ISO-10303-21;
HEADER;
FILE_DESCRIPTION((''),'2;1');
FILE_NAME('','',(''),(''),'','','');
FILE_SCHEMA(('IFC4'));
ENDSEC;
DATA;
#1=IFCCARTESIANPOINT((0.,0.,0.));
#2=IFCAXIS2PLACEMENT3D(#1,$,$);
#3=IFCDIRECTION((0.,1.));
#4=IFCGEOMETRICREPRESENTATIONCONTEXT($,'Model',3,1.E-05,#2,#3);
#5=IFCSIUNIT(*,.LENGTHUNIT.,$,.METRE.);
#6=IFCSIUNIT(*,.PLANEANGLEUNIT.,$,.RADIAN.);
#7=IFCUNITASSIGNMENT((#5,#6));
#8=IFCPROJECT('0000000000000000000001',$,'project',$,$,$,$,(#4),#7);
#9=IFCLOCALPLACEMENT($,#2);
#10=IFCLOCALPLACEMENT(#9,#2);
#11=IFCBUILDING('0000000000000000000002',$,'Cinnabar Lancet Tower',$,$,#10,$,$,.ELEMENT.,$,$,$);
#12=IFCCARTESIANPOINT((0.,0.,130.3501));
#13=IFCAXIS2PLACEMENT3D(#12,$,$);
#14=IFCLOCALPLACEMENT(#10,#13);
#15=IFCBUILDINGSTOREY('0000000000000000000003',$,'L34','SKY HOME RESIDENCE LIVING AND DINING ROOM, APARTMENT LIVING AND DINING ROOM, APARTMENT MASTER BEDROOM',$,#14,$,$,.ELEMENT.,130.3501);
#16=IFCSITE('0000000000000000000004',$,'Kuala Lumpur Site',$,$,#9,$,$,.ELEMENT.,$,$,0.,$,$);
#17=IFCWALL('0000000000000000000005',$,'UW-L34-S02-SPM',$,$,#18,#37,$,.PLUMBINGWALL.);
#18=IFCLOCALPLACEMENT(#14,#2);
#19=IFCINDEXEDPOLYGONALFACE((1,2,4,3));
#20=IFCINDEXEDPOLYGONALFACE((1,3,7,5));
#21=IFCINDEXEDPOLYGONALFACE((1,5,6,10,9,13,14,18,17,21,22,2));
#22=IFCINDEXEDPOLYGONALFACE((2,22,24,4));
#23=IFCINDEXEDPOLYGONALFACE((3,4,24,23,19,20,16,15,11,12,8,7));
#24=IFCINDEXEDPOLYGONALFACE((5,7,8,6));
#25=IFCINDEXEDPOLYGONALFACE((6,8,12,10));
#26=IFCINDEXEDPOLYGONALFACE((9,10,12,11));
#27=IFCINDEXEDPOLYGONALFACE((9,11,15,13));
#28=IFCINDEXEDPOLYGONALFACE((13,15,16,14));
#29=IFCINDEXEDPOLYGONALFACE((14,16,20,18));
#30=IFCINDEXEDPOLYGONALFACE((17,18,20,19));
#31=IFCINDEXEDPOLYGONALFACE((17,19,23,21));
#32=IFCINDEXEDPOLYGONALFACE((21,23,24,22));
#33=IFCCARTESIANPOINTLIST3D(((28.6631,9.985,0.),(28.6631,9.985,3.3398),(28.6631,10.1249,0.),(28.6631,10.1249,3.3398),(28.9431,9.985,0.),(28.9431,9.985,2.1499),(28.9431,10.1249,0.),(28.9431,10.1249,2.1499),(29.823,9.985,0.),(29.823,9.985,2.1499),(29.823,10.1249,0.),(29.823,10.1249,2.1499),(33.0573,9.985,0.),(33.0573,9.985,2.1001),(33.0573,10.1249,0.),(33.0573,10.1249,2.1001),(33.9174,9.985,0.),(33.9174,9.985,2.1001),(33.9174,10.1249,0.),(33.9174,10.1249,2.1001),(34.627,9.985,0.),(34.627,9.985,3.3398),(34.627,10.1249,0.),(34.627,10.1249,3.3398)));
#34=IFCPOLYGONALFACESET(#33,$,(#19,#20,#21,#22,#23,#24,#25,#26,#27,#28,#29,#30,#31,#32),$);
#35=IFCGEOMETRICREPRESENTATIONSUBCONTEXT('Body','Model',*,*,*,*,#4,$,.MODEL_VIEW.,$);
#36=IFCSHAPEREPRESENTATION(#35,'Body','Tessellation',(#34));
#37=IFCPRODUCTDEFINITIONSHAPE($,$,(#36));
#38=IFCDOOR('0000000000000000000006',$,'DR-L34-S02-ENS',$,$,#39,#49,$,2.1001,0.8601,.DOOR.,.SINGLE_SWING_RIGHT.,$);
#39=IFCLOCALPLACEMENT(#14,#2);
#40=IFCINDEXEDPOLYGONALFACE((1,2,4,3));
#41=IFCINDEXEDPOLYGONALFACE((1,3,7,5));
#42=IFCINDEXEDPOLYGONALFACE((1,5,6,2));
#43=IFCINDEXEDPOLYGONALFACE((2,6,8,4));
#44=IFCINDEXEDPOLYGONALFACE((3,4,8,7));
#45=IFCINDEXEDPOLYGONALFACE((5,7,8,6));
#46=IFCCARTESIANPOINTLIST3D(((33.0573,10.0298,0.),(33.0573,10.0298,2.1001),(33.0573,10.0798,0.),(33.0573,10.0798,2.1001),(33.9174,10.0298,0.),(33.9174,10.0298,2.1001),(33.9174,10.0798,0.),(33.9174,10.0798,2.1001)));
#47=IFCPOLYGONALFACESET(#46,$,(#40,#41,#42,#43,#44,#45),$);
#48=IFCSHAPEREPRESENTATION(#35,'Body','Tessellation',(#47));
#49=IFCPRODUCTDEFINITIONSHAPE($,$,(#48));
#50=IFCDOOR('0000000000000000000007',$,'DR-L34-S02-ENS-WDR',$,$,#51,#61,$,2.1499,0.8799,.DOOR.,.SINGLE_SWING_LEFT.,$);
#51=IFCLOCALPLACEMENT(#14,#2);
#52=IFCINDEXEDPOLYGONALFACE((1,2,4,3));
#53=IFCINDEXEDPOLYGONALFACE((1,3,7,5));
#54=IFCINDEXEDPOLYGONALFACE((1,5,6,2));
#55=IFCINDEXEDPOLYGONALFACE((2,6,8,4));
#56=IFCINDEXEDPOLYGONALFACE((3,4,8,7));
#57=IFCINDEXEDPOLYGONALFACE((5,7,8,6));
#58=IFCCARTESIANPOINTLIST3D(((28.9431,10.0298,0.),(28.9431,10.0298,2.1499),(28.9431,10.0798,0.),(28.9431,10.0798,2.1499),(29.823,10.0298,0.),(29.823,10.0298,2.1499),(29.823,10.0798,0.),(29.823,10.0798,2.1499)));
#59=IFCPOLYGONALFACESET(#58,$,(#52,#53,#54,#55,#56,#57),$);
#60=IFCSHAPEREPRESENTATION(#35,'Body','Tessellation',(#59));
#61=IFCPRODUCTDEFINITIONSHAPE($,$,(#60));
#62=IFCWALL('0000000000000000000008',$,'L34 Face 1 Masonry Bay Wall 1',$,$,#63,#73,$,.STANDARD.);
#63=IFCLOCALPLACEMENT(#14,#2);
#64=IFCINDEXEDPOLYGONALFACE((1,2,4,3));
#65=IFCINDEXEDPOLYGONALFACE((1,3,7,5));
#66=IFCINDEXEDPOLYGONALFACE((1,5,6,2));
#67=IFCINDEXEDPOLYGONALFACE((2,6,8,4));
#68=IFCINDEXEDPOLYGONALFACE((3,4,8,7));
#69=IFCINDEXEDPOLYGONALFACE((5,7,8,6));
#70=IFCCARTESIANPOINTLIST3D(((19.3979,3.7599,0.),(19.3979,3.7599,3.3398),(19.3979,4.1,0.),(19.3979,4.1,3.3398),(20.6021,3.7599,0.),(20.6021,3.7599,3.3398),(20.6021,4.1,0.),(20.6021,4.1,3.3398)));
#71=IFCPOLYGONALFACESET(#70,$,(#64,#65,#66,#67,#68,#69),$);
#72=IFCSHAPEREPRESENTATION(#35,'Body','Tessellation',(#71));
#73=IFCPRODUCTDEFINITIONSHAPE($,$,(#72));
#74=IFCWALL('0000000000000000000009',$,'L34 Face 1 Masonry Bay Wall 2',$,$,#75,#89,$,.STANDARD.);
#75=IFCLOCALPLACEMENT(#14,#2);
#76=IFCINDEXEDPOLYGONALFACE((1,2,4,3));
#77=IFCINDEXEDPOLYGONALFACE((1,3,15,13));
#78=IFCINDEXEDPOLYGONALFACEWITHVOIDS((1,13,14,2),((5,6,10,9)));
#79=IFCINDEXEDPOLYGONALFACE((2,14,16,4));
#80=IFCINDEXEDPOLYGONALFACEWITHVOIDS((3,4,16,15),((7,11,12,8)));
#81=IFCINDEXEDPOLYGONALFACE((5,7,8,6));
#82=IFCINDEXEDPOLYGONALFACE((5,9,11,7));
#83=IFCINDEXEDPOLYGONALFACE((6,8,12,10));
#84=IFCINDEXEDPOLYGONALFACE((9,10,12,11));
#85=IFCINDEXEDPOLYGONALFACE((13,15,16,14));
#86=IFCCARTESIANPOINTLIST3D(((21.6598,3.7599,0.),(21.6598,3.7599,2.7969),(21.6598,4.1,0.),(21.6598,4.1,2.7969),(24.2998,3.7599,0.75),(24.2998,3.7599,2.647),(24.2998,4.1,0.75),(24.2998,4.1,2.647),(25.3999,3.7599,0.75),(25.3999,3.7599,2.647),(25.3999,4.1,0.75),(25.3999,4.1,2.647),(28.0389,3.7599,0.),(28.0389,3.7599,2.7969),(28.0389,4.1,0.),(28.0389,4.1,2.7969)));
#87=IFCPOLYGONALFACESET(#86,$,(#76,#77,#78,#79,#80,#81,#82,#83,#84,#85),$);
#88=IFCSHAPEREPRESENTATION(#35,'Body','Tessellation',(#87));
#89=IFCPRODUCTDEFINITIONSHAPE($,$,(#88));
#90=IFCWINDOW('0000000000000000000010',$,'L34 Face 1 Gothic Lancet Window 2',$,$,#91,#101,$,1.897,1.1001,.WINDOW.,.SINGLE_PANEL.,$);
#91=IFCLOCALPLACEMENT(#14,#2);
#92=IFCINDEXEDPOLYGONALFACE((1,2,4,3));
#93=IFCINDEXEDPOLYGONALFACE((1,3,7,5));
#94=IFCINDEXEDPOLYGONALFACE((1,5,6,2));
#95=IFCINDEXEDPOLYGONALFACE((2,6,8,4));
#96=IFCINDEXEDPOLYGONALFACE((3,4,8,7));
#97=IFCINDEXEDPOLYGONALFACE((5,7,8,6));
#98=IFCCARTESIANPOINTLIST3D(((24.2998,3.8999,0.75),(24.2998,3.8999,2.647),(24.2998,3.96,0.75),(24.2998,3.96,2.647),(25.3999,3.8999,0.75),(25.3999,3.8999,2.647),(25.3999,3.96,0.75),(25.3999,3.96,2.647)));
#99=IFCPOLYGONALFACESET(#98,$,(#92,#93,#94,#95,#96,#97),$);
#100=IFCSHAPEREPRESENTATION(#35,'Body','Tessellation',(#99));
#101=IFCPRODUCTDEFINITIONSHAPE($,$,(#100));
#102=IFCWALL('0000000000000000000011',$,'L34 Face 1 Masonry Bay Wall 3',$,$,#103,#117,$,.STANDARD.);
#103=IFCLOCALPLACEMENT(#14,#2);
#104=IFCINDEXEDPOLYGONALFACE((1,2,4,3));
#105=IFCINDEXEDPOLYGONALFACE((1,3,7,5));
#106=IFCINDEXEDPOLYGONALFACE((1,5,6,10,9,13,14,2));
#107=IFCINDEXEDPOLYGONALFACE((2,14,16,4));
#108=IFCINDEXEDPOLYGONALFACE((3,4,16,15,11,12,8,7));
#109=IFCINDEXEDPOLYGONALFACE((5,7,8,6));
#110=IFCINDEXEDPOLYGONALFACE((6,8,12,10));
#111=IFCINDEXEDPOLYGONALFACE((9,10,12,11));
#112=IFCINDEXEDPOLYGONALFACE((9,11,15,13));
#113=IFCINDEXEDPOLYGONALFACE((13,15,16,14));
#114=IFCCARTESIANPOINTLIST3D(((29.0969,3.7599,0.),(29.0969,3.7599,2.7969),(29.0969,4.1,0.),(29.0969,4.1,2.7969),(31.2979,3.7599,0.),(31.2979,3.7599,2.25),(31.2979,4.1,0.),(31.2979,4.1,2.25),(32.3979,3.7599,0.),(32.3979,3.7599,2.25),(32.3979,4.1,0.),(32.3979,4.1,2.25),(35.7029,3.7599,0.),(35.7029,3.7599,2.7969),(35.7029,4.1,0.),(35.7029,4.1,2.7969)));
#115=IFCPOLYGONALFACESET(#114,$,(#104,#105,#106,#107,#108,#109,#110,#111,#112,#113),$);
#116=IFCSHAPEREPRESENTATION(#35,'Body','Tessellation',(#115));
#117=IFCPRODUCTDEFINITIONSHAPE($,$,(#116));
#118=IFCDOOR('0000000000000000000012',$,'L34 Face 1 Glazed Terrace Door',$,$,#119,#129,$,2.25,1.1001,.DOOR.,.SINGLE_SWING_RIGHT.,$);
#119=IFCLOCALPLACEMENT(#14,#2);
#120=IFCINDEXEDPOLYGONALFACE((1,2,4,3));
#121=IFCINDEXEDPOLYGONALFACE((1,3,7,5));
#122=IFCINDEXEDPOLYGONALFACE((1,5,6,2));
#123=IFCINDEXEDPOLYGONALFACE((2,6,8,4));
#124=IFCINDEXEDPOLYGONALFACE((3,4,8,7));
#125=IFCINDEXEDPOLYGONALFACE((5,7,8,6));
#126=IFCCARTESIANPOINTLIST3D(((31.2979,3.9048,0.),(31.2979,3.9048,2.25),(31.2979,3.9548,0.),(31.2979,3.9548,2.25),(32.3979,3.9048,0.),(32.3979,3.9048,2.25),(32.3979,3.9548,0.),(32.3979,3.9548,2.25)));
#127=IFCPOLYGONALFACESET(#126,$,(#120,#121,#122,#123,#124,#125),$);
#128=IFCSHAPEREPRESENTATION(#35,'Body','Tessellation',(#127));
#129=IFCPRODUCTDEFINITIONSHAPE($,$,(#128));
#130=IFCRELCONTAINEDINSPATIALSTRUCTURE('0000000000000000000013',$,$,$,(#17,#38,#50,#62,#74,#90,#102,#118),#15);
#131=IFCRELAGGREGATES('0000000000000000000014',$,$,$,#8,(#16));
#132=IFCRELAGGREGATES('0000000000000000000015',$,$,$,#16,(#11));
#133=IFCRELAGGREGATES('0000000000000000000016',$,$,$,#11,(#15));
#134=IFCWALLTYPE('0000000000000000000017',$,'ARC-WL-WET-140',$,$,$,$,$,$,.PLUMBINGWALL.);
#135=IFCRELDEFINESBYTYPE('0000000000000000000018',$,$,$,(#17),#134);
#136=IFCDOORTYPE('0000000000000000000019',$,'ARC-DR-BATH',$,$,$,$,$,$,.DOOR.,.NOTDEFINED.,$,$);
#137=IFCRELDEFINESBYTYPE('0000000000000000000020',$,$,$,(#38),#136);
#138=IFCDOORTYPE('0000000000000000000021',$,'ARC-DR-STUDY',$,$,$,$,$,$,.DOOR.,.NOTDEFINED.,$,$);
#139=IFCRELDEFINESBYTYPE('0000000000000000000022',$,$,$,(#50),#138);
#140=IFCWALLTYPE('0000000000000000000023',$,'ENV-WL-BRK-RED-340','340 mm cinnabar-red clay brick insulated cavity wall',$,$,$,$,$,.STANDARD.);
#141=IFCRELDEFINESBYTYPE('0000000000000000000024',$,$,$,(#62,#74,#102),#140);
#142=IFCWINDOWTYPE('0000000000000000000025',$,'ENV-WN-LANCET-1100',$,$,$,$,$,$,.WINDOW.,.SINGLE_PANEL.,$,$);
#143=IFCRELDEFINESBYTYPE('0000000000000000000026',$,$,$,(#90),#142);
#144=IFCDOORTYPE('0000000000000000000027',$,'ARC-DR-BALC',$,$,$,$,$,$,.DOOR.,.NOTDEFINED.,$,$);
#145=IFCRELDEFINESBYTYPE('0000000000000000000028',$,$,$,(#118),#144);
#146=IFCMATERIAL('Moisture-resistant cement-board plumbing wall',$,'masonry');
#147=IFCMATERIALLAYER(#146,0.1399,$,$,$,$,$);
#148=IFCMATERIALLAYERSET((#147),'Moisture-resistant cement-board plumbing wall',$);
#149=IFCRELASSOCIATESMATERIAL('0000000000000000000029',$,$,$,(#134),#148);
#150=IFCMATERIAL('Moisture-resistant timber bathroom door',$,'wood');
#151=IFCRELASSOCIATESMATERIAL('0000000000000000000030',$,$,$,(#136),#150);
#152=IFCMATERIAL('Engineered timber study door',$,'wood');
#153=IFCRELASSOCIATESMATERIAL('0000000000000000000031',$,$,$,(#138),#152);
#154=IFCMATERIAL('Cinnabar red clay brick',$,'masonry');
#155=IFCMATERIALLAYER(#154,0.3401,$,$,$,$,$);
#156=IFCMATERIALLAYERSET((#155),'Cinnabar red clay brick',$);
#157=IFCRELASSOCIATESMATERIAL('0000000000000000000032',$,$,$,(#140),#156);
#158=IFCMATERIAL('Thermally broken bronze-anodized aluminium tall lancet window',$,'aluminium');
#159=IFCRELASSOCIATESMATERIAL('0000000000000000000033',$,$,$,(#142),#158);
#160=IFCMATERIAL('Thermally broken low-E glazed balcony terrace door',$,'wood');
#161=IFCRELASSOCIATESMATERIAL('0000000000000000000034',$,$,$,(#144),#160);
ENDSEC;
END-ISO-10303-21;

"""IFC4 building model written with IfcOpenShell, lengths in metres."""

from ifc_helpers import new_model, si_unit, direction, frame, frame_2d, origin, place, context, subcontext, project, spatial, rectangle, extrude, material, layer, layer_set, type_object, element, fill, save


model = new_model("IFC4")

# Units and contexts
model_context = context("Model", 3, precision=1e-05, world=origin(), true_north=direction((0.0, 1.0)))
body_context = subcontext(model_context, "Body", "Model", "MODEL_VIEW")
ifc_project = project(units=[si_unit("LENGTHUNIT", "METRE"), si_unit("PLANEANGLEUNIT", "RADIAN")], contexts=[model_context])

# Site, building, storey
site_placement = place(None, origin())
site = spatial("IfcSite", under=ifc_project, at=site_placement, Name="Kuala Lumpur Site", CompositionType="ELEMENT", RefElevation=0.0)
building_placement = place(site_placement, origin())
building = spatial("IfcBuilding", under=site, at=building_placement, Name="Cinnabar Lancet Tower", CompositionType="ELEMENT")
storey_placement = place(building_placement, frame((0.0, 0.0, 130.3501)))
storey = spatial("IfcBuildingStorey", under=building, at=storey_placement, Name="L34", Description="SKY HOME RESIDENCE LIVING AND DINING ROOM, APARTMENT LIVING AND DINING ROOM, APARTMENT MASTER BEDROOM", CompositionType="ELEMENT", Elevation=130.3501)

# Shared definitions
ifc_material_1 = material(Name="Moisture-resistant cement-board plumbing wall", Category="masonry")
ifc_layer_1 = layer(ifc_material_1, 0.1399)
ifc_layer_set_1 = layer_set([ifc_layer_1], Name="Moisture-resistant cement-board plumbing wall")
wall_type_1 = type_object("IfcWallType", Name="ARC-WL-WET-140", PredefinedType="PLUMBINGWALL", material=ifc_layer_set_1)
ifc_material_2 = material(Name="Moisture-resistant timber bathroom door", Category="wood")
door_type_1 = type_object("IfcDoorType", Name="ARC-DR-BATH", OperationType="NOTDEFINED", PredefinedType="DOOR", material=ifc_material_2)
ifc_material_3 = material(Name="Engineered timber study door", Category="wood")
door_type_2 = type_object("IfcDoorType", Name="ARC-DR-STUDY", OperationType="NOTDEFINED", PredefinedType="DOOR", material=ifc_material_3)

# Wall, openings, doors
wall_1_placement = place(storey_placement, frame((28.6631, 10.0549, 0.0), z_axis=(0.0, 0.0, 1.0), x_axis=(1.0, 0.0, 0.0)))
wall_1 = element("IfcWall", 1, at=wall_1_placement, inside=storey, type_object=wall_type_1, Name="UW-L34-S02-SPM", PredefinedType="PLUMBINGWALL", context=body_context, shape_type="SweptSolid", body=[
    extrude(rectangle(XDim=5.9639, YDim=0.1399, at=frame_2d((2.9819, 0.0))), origin(), (0.0, 0.0, 1.0), 3.3398),
])
opening_1_placement = place(wall_1_placement, frame((0.28, 0.0, 0.0)))
opening_1 = element("IfcOpeningElement", 2, at=opening_1_placement, cuts=wall_1, PredefinedType="OPENING", context=body_context, shape_type="SweptSolid", body=[
    extrude(rectangle(XDim=0.8799, YDim=2.1499, at=frame_2d((0.4399, 1.075))), frame((0.0, 0.0798, 0.0), z_axis=(0.0, -1.0, 0.0), x_axis=(1.0, 0.0, 0.0)), (0.0, 0.0, 1.0), 0.1599),
])
opening_2_placement = place(wall_1_placement, frame((4.394, 0.0, 0.0)))
opening_2 = element("IfcOpeningElement", 3, at=opening_2_placement, cuts=wall_1, PredefinedType="OPENING", context=body_context, shape_type="SweptSolid", body=[
    extrude(rectangle(XDim=0.8601, YDim=2.1001, at=frame_2d((0.4302, 1.05))), frame((0.0, 0.0798, 0.0), z_axis=(0.0, -1.0, 0.0), x_axis=(1.0, 0.0, 0.0)), (0.0, 0.0, 1.0), 0.1599),
])
door_1_placement = place(opening_2_placement, origin())
door_1 = element("IfcDoor", 4, at=door_1_placement, inside=storey, type_object=door_type_1, Name="DR-L34-S02-ENS", OperationType="SINGLE_SWING_RIGHT", OverallHeight=2.1001, OverallWidth=0.8601, PredefinedType="DOOR", context=body_context, shape_type="SweptSolid", body=[
    extrude(rectangle(XDim=0.8601, YDim=2.1001, at=frame_2d((0.4302, 1.05))), frame((0.0, 0.0249, 0.0), z_axis=(0.0, -1.0, 0.0), x_axis=(1.0, 0.0, 0.0)), (0.0, 0.0, 1.0), 0.05),
])
fill(opening_2, door_1)
door_2_placement = place(opening_1_placement, origin())
door_2 = element("IfcDoor", 5, at=door_2_placement, inside=storey, type_object=door_type_2, Name="DR-L34-S02-ENS-WDR", OperationType="SINGLE_SWING_LEFT", OverallHeight=2.1499, OverallWidth=0.8799, PredefinedType="DOOR", context=body_context, shape_type="SweptSolid", body=[
    extrude(rectangle(XDim=0.8799, YDim=2.1499, at=frame_2d((0.4399, 1.075))), frame((0.0, 0.0249, 0.0), z_axis=(0.0, -1.0, 0.0), x_axis=(1.0, 0.0, 0.0)), (0.0, 0.0, 1.0), 0.05),
])
fill(opening_1, door_2)

# Wall
ifc_material_4 = material(Name="Cinnabar red clay brick", Category="masonry")
ifc_layer_2 = layer(ifc_material_4, 0.3401)
ifc_layer_set_2 = layer_set([ifc_layer_2], Name="Cinnabar red clay brick")
wall_type_2 = type_object("IfcWallType", Name="ENV-WL-BRK-RED-340", Description="340 mm cinnabar-red clay brick insulated cavity wall", PredefinedType="STANDARD", material=ifc_layer_set_2)
wall_2_placement = place(storey_placement, frame((19.3979, 3.9299, 0.0), z_axis=(0.0, 0.0, 1.0), x_axis=(1.0, 0.0, 0.0)))
element("IfcWall", 6, at=wall_2_placement, inside=storey, type_object=wall_type_2, Name="L34 Face 1 Masonry Bay Wall 1", PredefinedType="STANDARD", context=body_context, shape_type="SweptSolid", body=[
    extrude(rectangle(XDim=1.2041, YDim=0.3401, at=frame_2d((0.6021, 0.0))), origin(), (0.0, 0.0, 1.0), 3.3398),
])

# Wall, opening, window
wall_3_placement = place(storey_placement, frame((21.6599, 3.9299, 0.0), z_axis=(0.0, 0.0, 1.0), x_axis=(1.0, 0.0, 0.0)))
wall_3 = element("IfcWall", 7, at=wall_3_placement, inside=storey, type_object=wall_type_2, Name="L34 Face 1 Masonry Bay Wall 2", PredefinedType="STANDARD", context=body_context, shape_type="SweptSolid", body=[
    extrude(rectangle(XDim=6.3792, YDim=0.3401, at=frame_2d((3.1895, 0.0))), origin(), (0.0, 0.0, 1.0), 2.7969),
])
opening_3_placement = place(wall_3_placement, frame((2.6399, 0.0, 0.75)))
opening_3 = element("IfcOpeningElement", 8, at=opening_3_placement, cuts=wall_3, PredefinedType="OPENING", context=body_context, shape_type="SweptSolid", body=[
    extrude(rectangle(XDim=1.1001, YDim=1.897, at=frame_2d((0.55, 0.9485))), frame((0.0, 0.1799, 0.0), z_axis=(0.0, -1.0, 0.0), x_axis=(1.0, 0.0, 0.0)), (0.0, 0.0, 1.0), 0.3601),
])
ifc_material_5 = material(Name="Thermally broken bronze-anodized aluminium tall lancet window", Category="aluminium")
window_type = type_object("IfcWindowType", Name="ENV-WN-LANCET-1100", PartitioningType="SINGLE_PANEL", PredefinedType="WINDOW", material=ifc_material_5)
window_placement = place(opening_3_placement, origin())
window = element("IfcWindow", 9, at=window_placement, inside=storey, type_object=window_type, Name="L34 Face 1 Gothic Lancet Window 2", OverallHeight=1.897, OverallWidth=1.1001, PartitioningType="SINGLE_PANEL", PredefinedType="WINDOW", context=body_context, shape_type="SweptSolid", body=[
    extrude(rectangle(XDim=1.1001, YDim=1.897, at=frame_2d((0.55, 0.9485))), frame((0.0, 0.03, 0.0), z_axis=(0.0, -1.0, 0.0), x_axis=(1.0, 0.0, 0.0)), (0.0, 0.0, 1.0), 0.0601),
])
fill(opening_3, window)

# Wall, opening, door
wall_4_placement = place(storey_placement, frame((29.0969, 3.9299, 0.0), z_axis=(0.0, 0.0, 1.0), x_axis=(1.0, 0.0, 0.0)))
wall_4 = element("IfcWall", 10, at=wall_4_placement, inside=storey, type_object=wall_type_2, Name="L34 Face 1 Masonry Bay Wall 3", PredefinedType="STANDARD", context=body_context, shape_type="SweptSolid", body=[
    extrude(rectangle(XDim=6.606, YDim=0.3401, at=frame_2d((3.303, 0.0))), origin(), (0.0, 0.0, 1.0), 2.7969),
])
opening_4_placement = place(wall_4_placement, frame((2.2009, 0.0, 0.0)))
opening_4 = element("IfcOpeningElement", 11, at=opening_4_placement, cuts=wall_4, PredefinedType="OPENING", context=body_context, shape_type="SweptSolid", body=[
    extrude(rectangle(XDim=1.1001, YDim=2.25, at=frame_2d((0.55, 1.125))), frame((0.0, 0.1799, 0.0), z_axis=(0.0, -1.0, 0.0), x_axis=(1.0, 0.0, 0.0)), (0.0, 0.0, 1.0), 0.3601),
])
ifc_material_6 = material(Name="Thermally broken low-E glazed balcony terrace door", Category="wood")
door_type_3 = type_object("IfcDoorType", Name="ARC-DR-BALC", OperationType="NOTDEFINED", PredefinedType="DOOR", material=ifc_material_6)
door_3_placement = place(opening_4_placement, origin())
door_3 = element("IfcDoor", 12, at=door_3_placement, inside=storey, type_object=door_type_3, Name="L34 Face 1 Glazed Terrace Door", OperationType="SINGLE_SWING_RIGHT", OverallHeight=2.25, OverallWidth=1.1001, PredefinedType="DOOR", context=body_context, shape_type="SweptSolid", body=[
    extrude(rectangle(XDim=1.1001, YDim=2.25, at=frame_2d((0.55, 1.125))), frame((0.0, 0.0249, 0.0), z_axis=(0.0, -1.0, 0.0), x_axis=(1.0, 0.0, 0.0)), (0.0, 0.0, 1.0), 0.05),
])
fill(opening_4, door_3)

save(model, "model.ifc")
